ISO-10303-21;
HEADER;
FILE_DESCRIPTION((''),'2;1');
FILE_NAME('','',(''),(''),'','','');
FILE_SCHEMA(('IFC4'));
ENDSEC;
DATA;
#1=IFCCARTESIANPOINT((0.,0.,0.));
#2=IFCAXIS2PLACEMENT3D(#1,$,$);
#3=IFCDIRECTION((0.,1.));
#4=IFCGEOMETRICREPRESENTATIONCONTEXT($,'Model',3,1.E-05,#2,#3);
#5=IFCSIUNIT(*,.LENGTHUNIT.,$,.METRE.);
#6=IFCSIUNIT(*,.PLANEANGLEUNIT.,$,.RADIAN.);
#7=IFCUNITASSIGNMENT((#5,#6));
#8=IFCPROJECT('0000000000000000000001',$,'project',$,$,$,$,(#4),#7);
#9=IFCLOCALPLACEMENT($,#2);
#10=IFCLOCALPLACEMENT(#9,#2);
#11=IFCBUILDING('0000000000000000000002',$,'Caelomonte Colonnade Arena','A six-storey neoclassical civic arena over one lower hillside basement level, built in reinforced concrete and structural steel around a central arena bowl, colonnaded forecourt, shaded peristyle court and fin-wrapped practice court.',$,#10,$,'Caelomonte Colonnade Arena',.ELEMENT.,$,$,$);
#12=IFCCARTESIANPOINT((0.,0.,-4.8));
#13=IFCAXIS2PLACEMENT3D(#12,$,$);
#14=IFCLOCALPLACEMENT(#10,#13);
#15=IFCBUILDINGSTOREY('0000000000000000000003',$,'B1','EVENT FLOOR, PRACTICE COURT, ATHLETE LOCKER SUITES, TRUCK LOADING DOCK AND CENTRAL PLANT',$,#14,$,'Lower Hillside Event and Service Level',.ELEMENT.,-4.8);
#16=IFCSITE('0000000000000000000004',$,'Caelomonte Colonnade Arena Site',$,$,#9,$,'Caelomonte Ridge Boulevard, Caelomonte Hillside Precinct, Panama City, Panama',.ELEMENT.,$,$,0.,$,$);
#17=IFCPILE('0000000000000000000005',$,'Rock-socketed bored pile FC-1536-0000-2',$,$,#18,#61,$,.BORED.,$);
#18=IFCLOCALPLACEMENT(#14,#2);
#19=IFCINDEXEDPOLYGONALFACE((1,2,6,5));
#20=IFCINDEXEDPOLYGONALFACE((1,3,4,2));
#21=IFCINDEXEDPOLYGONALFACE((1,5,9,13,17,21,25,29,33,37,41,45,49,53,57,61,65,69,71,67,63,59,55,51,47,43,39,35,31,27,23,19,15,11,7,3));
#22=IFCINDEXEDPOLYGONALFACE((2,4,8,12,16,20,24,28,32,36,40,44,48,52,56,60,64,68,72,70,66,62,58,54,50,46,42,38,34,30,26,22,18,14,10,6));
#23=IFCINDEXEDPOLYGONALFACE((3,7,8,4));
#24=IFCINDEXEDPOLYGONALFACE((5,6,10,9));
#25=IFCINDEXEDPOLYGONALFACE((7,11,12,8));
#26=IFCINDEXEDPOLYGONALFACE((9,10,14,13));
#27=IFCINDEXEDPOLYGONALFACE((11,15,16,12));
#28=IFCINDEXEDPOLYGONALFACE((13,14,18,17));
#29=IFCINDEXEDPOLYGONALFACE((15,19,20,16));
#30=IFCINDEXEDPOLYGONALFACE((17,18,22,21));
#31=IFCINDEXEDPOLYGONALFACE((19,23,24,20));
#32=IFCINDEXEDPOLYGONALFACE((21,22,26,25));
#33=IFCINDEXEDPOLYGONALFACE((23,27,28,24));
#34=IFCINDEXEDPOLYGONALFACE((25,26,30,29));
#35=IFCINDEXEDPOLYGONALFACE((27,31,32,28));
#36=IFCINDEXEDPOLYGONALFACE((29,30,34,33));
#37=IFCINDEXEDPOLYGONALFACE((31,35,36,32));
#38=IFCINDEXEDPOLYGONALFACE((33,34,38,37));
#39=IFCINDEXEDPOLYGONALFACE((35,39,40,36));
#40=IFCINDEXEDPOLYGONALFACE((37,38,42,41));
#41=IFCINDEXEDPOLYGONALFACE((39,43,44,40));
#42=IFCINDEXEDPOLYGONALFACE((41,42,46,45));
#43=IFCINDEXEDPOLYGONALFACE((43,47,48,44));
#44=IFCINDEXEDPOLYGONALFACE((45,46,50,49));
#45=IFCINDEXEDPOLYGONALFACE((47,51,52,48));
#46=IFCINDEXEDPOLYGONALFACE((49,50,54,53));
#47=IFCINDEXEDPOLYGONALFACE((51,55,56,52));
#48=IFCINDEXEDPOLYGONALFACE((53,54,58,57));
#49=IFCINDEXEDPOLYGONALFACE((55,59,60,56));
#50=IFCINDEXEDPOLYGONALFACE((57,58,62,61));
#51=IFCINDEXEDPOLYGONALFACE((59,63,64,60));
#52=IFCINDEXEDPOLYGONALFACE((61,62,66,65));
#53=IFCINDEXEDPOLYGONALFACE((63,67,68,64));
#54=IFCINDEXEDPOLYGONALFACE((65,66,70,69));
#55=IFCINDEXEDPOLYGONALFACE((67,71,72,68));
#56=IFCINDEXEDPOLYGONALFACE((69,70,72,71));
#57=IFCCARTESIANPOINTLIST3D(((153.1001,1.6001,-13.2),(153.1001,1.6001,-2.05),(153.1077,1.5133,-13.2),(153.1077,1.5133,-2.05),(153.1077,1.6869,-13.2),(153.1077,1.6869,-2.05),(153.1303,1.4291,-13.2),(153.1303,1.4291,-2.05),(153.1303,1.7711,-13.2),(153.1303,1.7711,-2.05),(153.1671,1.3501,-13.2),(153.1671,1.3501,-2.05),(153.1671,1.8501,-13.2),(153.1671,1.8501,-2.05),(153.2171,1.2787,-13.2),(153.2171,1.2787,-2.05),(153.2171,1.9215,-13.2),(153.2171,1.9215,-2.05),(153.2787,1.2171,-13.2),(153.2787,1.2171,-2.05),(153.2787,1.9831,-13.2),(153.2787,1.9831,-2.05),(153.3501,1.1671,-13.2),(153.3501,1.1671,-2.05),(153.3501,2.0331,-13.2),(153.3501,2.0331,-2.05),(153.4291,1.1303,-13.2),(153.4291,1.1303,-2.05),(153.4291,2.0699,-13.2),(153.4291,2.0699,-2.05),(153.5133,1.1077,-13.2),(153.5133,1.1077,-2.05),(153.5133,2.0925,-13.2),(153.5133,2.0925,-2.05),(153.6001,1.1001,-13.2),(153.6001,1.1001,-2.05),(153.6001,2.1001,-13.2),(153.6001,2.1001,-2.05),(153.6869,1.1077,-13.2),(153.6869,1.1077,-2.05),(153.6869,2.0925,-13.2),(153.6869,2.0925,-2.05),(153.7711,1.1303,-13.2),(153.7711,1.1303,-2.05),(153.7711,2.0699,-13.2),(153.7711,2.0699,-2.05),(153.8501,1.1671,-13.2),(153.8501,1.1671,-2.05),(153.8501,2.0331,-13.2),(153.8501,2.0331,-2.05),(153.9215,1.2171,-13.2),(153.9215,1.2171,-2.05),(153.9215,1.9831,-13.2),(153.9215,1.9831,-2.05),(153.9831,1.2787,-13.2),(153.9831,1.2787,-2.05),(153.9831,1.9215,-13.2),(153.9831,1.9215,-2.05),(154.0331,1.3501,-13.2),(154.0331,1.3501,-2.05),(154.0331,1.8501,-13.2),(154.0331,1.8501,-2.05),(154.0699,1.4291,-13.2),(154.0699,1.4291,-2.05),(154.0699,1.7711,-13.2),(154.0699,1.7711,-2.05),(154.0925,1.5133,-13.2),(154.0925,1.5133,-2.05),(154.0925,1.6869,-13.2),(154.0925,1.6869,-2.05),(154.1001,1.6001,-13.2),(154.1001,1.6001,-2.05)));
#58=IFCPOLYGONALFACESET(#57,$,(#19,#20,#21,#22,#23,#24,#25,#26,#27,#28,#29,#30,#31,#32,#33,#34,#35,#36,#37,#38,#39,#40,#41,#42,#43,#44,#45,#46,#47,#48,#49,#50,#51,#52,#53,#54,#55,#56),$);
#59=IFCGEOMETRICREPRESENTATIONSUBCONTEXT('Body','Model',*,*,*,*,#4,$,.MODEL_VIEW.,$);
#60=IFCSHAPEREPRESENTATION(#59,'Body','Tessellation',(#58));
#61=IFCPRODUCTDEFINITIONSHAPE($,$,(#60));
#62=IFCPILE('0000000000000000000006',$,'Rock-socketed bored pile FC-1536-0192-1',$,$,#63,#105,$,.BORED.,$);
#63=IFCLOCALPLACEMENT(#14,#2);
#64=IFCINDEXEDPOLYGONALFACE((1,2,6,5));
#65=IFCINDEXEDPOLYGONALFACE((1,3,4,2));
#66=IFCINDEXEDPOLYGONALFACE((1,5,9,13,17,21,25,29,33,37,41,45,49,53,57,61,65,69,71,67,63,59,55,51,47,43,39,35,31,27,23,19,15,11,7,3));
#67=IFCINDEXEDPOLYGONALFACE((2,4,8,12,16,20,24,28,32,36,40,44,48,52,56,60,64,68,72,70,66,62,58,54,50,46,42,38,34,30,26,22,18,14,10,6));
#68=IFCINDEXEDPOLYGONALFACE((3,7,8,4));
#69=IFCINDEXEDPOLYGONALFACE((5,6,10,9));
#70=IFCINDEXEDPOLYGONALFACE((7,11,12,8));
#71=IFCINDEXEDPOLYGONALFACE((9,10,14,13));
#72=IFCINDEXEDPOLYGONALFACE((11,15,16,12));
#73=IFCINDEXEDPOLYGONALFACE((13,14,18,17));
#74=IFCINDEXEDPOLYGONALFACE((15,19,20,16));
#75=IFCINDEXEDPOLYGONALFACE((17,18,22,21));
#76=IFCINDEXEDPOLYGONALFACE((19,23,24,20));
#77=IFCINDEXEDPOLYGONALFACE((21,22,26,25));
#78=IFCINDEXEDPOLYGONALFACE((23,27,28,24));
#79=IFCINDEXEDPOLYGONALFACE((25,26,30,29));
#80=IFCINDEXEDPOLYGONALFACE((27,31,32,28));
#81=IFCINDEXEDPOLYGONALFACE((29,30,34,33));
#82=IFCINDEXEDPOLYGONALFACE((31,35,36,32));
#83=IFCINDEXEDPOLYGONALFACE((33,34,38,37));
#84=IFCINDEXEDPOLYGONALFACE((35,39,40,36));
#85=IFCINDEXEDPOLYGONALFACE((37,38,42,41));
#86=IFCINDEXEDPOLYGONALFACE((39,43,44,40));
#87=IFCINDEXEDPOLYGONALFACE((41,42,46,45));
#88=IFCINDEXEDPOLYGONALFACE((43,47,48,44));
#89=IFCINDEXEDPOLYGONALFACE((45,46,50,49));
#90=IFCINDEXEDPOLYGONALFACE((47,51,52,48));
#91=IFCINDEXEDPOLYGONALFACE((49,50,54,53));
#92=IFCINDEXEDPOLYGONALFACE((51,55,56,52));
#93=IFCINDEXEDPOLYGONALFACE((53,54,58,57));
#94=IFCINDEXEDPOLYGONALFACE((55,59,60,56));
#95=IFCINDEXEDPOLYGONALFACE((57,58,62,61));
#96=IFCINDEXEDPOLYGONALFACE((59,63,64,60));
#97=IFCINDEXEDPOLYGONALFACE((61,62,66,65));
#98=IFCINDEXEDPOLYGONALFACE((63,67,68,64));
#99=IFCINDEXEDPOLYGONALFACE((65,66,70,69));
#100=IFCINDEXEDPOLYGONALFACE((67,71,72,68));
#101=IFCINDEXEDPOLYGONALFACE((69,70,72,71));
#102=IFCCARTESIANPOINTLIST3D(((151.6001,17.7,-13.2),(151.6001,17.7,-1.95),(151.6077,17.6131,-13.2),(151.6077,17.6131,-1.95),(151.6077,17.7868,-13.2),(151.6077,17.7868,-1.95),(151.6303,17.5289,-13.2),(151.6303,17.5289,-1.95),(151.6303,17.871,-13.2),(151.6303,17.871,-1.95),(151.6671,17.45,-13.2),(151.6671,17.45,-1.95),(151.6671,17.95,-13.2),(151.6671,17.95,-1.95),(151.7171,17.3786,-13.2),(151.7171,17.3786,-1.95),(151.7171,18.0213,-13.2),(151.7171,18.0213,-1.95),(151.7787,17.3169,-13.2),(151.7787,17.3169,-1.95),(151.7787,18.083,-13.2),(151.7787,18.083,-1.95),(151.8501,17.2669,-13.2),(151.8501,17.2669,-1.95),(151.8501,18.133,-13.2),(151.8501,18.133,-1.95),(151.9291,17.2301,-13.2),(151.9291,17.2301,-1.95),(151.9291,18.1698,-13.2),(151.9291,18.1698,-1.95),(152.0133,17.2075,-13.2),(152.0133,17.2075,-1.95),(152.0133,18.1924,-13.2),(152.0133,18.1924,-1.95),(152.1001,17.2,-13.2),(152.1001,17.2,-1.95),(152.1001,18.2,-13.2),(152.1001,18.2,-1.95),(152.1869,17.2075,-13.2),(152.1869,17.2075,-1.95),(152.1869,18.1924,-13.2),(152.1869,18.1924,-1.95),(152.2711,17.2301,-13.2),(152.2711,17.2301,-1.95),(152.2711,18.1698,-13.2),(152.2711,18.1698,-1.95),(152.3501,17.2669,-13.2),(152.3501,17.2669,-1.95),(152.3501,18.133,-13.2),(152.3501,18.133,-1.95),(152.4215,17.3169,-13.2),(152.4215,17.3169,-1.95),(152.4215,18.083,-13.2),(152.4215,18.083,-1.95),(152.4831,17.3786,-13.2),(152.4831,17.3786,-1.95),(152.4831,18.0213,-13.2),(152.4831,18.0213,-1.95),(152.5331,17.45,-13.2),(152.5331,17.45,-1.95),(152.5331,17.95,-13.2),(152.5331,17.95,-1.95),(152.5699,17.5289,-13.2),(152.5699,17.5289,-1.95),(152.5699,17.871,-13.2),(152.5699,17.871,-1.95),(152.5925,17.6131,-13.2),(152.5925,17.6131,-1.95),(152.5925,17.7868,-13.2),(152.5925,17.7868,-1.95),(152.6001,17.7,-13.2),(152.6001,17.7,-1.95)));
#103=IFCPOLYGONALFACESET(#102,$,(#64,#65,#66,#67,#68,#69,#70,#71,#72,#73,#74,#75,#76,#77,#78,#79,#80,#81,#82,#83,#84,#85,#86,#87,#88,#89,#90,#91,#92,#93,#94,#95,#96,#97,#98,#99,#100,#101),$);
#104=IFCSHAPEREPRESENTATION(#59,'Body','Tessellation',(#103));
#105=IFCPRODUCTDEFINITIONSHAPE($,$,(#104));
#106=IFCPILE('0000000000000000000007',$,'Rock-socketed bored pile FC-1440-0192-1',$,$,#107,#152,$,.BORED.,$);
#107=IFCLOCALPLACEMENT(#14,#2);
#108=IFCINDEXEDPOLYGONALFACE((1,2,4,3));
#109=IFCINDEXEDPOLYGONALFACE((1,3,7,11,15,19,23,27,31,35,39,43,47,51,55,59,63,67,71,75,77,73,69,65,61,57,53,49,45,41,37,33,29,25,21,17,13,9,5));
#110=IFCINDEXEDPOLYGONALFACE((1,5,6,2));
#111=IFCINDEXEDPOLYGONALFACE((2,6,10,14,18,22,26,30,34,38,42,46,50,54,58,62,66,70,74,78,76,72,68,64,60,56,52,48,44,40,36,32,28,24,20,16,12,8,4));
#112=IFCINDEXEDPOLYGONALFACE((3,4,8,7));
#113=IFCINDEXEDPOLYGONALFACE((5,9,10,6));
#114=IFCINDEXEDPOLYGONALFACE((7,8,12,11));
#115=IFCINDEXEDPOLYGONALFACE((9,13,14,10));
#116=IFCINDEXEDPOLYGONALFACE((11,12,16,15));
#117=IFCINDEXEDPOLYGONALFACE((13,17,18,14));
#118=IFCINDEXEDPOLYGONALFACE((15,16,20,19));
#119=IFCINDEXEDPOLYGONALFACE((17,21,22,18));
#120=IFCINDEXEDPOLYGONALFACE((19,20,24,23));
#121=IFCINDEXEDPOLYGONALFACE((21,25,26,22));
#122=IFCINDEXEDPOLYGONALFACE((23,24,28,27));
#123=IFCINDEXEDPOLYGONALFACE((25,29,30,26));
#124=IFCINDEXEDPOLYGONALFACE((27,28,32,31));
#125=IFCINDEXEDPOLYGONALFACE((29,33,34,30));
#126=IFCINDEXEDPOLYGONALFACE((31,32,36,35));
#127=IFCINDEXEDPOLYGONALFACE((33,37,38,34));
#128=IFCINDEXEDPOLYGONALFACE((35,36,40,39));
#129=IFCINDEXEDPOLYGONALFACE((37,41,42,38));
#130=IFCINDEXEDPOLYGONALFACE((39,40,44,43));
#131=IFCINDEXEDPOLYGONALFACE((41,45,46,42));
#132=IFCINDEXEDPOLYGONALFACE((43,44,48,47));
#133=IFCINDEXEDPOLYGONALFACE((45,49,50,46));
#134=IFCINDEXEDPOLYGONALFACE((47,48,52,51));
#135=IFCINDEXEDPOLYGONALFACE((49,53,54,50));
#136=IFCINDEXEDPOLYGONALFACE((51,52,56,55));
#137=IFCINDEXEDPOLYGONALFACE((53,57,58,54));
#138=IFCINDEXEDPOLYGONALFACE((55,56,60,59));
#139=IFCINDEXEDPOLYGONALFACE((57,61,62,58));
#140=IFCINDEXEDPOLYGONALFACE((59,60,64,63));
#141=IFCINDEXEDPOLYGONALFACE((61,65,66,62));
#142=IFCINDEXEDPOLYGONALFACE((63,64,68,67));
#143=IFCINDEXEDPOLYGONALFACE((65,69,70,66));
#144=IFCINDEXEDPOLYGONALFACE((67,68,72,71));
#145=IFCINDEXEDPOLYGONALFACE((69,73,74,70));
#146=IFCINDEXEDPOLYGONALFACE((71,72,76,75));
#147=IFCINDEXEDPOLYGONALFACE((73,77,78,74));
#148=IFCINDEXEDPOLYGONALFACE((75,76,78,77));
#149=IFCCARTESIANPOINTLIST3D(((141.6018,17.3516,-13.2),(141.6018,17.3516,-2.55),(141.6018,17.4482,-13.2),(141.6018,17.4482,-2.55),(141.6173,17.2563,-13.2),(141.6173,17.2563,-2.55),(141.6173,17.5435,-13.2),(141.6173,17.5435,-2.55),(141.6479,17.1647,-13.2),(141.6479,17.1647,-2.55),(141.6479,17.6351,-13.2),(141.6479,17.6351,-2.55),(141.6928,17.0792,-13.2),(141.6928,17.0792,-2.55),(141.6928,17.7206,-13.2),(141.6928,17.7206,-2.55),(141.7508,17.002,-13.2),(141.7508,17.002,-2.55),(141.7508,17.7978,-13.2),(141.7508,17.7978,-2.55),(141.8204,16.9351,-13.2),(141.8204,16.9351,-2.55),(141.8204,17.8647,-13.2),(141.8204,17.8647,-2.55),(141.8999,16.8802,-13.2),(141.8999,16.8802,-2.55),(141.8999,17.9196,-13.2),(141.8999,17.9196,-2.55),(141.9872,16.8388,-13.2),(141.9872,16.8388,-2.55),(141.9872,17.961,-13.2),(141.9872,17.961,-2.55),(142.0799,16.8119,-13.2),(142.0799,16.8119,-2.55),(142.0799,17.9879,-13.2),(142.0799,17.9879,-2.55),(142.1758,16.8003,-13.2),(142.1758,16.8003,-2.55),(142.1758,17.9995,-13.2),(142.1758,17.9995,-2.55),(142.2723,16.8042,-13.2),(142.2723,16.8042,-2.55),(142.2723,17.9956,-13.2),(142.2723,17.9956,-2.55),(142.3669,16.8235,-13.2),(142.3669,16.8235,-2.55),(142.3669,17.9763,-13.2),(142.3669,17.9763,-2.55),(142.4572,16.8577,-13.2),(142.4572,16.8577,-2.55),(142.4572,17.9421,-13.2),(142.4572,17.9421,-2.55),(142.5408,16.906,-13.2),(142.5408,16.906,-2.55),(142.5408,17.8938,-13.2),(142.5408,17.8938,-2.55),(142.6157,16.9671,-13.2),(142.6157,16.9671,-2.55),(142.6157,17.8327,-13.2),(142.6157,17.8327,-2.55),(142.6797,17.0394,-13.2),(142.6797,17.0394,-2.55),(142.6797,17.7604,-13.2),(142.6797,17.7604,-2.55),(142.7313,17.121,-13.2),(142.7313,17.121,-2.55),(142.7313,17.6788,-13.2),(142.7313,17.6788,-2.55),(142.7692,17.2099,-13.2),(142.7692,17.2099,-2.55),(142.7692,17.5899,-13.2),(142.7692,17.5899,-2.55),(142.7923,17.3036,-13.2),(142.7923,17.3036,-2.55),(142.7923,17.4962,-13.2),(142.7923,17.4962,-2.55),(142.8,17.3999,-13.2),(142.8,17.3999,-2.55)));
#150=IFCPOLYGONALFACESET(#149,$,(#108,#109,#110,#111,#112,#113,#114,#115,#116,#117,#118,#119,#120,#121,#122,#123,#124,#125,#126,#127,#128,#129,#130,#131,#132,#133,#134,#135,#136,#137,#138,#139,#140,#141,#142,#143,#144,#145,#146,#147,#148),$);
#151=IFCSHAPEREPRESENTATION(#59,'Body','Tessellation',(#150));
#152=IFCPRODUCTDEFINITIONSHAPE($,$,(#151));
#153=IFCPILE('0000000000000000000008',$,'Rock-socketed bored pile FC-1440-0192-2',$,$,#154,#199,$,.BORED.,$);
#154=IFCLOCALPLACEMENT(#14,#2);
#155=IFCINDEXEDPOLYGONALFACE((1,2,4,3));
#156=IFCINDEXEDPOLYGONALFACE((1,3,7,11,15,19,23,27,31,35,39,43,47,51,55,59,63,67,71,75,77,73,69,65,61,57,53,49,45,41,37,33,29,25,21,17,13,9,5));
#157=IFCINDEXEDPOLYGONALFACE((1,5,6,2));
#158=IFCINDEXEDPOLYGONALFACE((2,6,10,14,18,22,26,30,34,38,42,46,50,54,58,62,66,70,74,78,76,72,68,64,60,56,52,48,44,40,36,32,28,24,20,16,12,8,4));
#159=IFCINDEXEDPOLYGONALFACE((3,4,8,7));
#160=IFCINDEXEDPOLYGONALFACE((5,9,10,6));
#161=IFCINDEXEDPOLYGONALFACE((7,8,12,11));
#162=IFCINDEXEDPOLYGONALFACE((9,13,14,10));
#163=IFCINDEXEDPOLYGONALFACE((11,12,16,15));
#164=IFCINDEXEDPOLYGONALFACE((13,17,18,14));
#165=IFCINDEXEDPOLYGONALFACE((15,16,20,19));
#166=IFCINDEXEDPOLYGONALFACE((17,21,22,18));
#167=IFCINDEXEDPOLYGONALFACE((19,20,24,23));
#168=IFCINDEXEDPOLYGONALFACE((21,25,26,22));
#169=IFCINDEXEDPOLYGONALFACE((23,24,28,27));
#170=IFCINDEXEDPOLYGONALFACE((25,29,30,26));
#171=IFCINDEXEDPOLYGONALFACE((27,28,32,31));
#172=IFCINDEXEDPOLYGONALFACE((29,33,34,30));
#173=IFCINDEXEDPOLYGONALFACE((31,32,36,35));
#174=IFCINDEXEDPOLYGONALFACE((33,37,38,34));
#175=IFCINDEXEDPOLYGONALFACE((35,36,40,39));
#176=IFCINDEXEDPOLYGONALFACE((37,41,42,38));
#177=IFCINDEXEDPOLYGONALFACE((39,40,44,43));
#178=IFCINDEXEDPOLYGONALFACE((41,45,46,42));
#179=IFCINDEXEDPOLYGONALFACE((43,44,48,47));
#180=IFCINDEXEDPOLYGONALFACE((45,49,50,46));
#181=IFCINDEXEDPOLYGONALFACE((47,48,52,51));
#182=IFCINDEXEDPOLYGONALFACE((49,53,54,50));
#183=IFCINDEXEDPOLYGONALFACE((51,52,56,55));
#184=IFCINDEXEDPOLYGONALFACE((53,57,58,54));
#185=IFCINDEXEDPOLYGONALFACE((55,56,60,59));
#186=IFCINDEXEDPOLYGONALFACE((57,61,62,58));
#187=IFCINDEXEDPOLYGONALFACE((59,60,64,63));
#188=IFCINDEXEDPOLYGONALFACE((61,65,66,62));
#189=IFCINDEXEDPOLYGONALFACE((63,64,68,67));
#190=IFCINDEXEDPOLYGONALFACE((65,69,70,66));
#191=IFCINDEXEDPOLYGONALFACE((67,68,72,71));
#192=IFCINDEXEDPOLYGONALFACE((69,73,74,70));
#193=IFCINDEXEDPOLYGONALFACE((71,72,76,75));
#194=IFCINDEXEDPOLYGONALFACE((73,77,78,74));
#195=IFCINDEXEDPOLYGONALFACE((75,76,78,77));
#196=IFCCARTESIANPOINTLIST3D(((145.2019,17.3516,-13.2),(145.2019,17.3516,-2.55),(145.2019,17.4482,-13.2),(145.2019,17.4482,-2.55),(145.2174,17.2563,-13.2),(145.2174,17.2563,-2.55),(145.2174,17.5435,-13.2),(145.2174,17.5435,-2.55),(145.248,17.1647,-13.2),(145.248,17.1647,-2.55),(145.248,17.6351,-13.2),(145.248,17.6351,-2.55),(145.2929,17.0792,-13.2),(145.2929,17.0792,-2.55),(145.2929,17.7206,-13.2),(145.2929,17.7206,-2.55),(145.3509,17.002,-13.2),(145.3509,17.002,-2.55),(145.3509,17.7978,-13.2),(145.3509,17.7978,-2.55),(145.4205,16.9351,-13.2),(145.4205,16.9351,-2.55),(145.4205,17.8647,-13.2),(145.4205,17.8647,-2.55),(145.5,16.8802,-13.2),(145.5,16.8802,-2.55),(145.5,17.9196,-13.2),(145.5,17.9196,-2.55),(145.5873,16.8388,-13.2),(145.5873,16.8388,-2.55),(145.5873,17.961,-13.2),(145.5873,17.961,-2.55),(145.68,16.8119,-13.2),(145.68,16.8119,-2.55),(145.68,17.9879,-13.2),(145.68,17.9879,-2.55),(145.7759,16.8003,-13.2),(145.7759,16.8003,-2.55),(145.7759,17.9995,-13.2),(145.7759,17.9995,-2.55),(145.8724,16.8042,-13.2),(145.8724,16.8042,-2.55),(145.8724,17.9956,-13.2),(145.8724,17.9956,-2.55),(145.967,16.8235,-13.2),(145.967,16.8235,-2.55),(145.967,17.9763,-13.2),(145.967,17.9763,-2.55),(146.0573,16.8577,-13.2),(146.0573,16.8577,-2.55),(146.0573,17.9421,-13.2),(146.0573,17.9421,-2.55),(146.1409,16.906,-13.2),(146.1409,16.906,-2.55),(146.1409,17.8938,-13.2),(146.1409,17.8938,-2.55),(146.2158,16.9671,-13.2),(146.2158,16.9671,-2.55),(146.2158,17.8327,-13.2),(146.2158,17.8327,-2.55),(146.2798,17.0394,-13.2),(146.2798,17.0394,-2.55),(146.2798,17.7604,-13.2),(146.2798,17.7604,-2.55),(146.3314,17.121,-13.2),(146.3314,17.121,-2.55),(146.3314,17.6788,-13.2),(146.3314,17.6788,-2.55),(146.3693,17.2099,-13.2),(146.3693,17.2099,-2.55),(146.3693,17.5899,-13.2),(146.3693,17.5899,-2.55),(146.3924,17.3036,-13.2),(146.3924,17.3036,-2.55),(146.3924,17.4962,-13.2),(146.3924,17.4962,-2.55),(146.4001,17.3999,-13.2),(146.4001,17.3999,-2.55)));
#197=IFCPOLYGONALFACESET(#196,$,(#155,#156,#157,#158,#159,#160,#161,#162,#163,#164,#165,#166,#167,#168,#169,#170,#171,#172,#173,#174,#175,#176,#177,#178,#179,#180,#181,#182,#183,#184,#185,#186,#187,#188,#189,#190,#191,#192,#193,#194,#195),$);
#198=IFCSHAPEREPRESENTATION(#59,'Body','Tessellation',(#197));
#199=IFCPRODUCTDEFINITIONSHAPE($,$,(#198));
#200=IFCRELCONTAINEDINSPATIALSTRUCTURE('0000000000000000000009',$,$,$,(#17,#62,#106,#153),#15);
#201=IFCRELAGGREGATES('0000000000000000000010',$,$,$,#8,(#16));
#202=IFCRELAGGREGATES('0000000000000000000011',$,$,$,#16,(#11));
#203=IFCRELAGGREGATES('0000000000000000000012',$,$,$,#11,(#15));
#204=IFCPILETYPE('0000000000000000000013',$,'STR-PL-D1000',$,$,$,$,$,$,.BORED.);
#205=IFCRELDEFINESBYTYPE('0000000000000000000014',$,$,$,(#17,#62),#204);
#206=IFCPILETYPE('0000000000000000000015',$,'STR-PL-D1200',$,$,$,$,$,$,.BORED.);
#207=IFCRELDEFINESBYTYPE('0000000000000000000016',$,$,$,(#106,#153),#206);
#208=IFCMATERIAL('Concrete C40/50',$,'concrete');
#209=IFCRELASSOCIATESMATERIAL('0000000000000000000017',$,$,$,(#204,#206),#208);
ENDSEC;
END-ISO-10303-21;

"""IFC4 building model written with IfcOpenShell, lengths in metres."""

from ifc_helpers import new_model, si_unit, direction, frame, origin, origin_2d, place, context, subcontext, project, spatial, circle, extrude, material, material_profile, profile_set, type_object, element, save


model = new_model("IFC4")

# Units and contexts
model_context = context("Model", 3, precision=1e-05, world=origin(), true_north=direction((0.0, 1.0)))
body_context = subcontext(model_context, "Body", "Model", "MODEL_VIEW")
ifc_project = project(units=[si_unit("LENGTHUNIT", "METRE"), si_unit("PLANEANGLEUNIT", "RADIAN")], contexts=[model_context])

# Site, building, storey
site_placement = place(None, origin())
site = spatial("IfcSite", under=ifc_project, at=site_placement, Name="Caelomonte Colonnade Arena Site", LongName="Caelomonte Ridge Boulevard, Caelomonte Hillside Precinct, Panama City, Panama", CompositionType="ELEMENT", RefElevation=0.0)
building_placement = place(site_placement, origin())
building = spatial("IfcBuilding", under=site, at=building_placement, Name="Caelomonte Colonnade Arena", Description="A six-storey neoclassical civic arena over one lower hillside basement level, built in reinforced concrete and structural steel around a central arena bowl, colonnaded forecourt, shaded peristyle court and fin-wrapped practice court.", LongName="Caelomonte Colonnade Arena", CompositionType="ELEMENT")
storey_placement = place(building_placement, frame((0.0, 0.0, -4.8)))
storey = spatial("IfcBuildingStorey", under=building, at=storey_placement, Name="B1", Description="EVENT FLOOR, PRACTICE COURT, ATHLETE LOCKER SUITES, TRUCK LOADING DOCK AND CENTRAL PLANT", LongName="Lower Hillside Event and Service Level", CompositionType="ELEMENT", Elevation=-4.8)

# Shared definitions
ifc_material_1 = material(Name="Concrete C40/50", Category="concrete")

# Piles
ifc_material_profile_1 = material_profile(ifc_material_1, circle(Radius=0.5, at=origin_2d()), Name="PILE-D1000")
ifc_profile_set_1 = profile_set([ifc_material_profile_1], Name="Concrete C40/50")
pile_type_1 = type_object("IfcPileType", Name="STR-PL-D1000", PredefinedType="BORED", material=ifc_profile_set_1)
for number, where, z_axis, x_axis, name in (
    (1, (153.6001, 1.6001, -2.05), (0.0, 0.0, -1.0), (1.0, 0.0, 0.0), "Rock-socketed bored pile FC-1536-0000-2"),
):
    element("IfcPile", number, at=place(storey_placement, frame(where, z_axis=z_axis, x_axis=x_axis)), inside=storey, type_object=pile_type_1, Name=name, PredefinedType="BORED", context=body_context, shape_type="SweptSolid", body=[
        extrude(circle(Radius=0.5, at=origin_2d()), origin(), (0.0, 0.0, 1.0), 11.1499),
    ])
pile_placement = place(storey_placement, frame((152.1001, 17.7, -1.95), z_axis=(0.0, 0.0, -1.0), x_axis=(1.0, 0.0, 0.0)))
element("IfcPile", 2, at=pile_placement, inside=storey, type_object=pile_type_1, Name="Rock-socketed bored pile FC-1536-0192-1", PredefinedType="BORED", context=body_context, shape_type="SweptSolid", body=[
    extrude(circle(Radius=0.5, at=origin_2d()), origin(), (0.0, 0.0, 1.0), 11.25),
])
ifc_material_profile_2 = material_profile(ifc_material_1, circle(Radius=0.6001, at=origin_2d()), Name="PILE-D1200")
ifc_profile_set_2 = profile_set([ifc_material_profile_2], Name="Concrete C40/50")
pile_type_2 = type_object("IfcPileType", Name="STR-PL-D1200", PredefinedType="BORED", material=ifc_profile_set_2)
for number, where, z_axis, x_axis, name in (
    (3, (142.2, 17.3999, -2.55), (0.0, 0.0, -1.0), (1.0, 0.0, 0.0), "Rock-socketed bored pile FC-1440-0192-1"),
    (4, (145.8, 17.3999, -2.55), (0.0, 0.0, -1.0), (1.0, 0.0, 0.0), "Rock-socketed bored pile FC-1440-0192-2"),
):
    element("IfcPile", number, at=place(storey_placement, frame(where, z_axis=z_axis, x_axis=x_axis)), inside=storey, type_object=pile_type_2, Name=name, PredefinedType="BORED", context=body_context, shape_type="SweptSolid", body=[
        extrude(circle(Radius=0.6001, at=origin_2d()), origin(), (0.0, 0.0, 1.0), 10.6499),
    ])

save(model, "model.ifc")
